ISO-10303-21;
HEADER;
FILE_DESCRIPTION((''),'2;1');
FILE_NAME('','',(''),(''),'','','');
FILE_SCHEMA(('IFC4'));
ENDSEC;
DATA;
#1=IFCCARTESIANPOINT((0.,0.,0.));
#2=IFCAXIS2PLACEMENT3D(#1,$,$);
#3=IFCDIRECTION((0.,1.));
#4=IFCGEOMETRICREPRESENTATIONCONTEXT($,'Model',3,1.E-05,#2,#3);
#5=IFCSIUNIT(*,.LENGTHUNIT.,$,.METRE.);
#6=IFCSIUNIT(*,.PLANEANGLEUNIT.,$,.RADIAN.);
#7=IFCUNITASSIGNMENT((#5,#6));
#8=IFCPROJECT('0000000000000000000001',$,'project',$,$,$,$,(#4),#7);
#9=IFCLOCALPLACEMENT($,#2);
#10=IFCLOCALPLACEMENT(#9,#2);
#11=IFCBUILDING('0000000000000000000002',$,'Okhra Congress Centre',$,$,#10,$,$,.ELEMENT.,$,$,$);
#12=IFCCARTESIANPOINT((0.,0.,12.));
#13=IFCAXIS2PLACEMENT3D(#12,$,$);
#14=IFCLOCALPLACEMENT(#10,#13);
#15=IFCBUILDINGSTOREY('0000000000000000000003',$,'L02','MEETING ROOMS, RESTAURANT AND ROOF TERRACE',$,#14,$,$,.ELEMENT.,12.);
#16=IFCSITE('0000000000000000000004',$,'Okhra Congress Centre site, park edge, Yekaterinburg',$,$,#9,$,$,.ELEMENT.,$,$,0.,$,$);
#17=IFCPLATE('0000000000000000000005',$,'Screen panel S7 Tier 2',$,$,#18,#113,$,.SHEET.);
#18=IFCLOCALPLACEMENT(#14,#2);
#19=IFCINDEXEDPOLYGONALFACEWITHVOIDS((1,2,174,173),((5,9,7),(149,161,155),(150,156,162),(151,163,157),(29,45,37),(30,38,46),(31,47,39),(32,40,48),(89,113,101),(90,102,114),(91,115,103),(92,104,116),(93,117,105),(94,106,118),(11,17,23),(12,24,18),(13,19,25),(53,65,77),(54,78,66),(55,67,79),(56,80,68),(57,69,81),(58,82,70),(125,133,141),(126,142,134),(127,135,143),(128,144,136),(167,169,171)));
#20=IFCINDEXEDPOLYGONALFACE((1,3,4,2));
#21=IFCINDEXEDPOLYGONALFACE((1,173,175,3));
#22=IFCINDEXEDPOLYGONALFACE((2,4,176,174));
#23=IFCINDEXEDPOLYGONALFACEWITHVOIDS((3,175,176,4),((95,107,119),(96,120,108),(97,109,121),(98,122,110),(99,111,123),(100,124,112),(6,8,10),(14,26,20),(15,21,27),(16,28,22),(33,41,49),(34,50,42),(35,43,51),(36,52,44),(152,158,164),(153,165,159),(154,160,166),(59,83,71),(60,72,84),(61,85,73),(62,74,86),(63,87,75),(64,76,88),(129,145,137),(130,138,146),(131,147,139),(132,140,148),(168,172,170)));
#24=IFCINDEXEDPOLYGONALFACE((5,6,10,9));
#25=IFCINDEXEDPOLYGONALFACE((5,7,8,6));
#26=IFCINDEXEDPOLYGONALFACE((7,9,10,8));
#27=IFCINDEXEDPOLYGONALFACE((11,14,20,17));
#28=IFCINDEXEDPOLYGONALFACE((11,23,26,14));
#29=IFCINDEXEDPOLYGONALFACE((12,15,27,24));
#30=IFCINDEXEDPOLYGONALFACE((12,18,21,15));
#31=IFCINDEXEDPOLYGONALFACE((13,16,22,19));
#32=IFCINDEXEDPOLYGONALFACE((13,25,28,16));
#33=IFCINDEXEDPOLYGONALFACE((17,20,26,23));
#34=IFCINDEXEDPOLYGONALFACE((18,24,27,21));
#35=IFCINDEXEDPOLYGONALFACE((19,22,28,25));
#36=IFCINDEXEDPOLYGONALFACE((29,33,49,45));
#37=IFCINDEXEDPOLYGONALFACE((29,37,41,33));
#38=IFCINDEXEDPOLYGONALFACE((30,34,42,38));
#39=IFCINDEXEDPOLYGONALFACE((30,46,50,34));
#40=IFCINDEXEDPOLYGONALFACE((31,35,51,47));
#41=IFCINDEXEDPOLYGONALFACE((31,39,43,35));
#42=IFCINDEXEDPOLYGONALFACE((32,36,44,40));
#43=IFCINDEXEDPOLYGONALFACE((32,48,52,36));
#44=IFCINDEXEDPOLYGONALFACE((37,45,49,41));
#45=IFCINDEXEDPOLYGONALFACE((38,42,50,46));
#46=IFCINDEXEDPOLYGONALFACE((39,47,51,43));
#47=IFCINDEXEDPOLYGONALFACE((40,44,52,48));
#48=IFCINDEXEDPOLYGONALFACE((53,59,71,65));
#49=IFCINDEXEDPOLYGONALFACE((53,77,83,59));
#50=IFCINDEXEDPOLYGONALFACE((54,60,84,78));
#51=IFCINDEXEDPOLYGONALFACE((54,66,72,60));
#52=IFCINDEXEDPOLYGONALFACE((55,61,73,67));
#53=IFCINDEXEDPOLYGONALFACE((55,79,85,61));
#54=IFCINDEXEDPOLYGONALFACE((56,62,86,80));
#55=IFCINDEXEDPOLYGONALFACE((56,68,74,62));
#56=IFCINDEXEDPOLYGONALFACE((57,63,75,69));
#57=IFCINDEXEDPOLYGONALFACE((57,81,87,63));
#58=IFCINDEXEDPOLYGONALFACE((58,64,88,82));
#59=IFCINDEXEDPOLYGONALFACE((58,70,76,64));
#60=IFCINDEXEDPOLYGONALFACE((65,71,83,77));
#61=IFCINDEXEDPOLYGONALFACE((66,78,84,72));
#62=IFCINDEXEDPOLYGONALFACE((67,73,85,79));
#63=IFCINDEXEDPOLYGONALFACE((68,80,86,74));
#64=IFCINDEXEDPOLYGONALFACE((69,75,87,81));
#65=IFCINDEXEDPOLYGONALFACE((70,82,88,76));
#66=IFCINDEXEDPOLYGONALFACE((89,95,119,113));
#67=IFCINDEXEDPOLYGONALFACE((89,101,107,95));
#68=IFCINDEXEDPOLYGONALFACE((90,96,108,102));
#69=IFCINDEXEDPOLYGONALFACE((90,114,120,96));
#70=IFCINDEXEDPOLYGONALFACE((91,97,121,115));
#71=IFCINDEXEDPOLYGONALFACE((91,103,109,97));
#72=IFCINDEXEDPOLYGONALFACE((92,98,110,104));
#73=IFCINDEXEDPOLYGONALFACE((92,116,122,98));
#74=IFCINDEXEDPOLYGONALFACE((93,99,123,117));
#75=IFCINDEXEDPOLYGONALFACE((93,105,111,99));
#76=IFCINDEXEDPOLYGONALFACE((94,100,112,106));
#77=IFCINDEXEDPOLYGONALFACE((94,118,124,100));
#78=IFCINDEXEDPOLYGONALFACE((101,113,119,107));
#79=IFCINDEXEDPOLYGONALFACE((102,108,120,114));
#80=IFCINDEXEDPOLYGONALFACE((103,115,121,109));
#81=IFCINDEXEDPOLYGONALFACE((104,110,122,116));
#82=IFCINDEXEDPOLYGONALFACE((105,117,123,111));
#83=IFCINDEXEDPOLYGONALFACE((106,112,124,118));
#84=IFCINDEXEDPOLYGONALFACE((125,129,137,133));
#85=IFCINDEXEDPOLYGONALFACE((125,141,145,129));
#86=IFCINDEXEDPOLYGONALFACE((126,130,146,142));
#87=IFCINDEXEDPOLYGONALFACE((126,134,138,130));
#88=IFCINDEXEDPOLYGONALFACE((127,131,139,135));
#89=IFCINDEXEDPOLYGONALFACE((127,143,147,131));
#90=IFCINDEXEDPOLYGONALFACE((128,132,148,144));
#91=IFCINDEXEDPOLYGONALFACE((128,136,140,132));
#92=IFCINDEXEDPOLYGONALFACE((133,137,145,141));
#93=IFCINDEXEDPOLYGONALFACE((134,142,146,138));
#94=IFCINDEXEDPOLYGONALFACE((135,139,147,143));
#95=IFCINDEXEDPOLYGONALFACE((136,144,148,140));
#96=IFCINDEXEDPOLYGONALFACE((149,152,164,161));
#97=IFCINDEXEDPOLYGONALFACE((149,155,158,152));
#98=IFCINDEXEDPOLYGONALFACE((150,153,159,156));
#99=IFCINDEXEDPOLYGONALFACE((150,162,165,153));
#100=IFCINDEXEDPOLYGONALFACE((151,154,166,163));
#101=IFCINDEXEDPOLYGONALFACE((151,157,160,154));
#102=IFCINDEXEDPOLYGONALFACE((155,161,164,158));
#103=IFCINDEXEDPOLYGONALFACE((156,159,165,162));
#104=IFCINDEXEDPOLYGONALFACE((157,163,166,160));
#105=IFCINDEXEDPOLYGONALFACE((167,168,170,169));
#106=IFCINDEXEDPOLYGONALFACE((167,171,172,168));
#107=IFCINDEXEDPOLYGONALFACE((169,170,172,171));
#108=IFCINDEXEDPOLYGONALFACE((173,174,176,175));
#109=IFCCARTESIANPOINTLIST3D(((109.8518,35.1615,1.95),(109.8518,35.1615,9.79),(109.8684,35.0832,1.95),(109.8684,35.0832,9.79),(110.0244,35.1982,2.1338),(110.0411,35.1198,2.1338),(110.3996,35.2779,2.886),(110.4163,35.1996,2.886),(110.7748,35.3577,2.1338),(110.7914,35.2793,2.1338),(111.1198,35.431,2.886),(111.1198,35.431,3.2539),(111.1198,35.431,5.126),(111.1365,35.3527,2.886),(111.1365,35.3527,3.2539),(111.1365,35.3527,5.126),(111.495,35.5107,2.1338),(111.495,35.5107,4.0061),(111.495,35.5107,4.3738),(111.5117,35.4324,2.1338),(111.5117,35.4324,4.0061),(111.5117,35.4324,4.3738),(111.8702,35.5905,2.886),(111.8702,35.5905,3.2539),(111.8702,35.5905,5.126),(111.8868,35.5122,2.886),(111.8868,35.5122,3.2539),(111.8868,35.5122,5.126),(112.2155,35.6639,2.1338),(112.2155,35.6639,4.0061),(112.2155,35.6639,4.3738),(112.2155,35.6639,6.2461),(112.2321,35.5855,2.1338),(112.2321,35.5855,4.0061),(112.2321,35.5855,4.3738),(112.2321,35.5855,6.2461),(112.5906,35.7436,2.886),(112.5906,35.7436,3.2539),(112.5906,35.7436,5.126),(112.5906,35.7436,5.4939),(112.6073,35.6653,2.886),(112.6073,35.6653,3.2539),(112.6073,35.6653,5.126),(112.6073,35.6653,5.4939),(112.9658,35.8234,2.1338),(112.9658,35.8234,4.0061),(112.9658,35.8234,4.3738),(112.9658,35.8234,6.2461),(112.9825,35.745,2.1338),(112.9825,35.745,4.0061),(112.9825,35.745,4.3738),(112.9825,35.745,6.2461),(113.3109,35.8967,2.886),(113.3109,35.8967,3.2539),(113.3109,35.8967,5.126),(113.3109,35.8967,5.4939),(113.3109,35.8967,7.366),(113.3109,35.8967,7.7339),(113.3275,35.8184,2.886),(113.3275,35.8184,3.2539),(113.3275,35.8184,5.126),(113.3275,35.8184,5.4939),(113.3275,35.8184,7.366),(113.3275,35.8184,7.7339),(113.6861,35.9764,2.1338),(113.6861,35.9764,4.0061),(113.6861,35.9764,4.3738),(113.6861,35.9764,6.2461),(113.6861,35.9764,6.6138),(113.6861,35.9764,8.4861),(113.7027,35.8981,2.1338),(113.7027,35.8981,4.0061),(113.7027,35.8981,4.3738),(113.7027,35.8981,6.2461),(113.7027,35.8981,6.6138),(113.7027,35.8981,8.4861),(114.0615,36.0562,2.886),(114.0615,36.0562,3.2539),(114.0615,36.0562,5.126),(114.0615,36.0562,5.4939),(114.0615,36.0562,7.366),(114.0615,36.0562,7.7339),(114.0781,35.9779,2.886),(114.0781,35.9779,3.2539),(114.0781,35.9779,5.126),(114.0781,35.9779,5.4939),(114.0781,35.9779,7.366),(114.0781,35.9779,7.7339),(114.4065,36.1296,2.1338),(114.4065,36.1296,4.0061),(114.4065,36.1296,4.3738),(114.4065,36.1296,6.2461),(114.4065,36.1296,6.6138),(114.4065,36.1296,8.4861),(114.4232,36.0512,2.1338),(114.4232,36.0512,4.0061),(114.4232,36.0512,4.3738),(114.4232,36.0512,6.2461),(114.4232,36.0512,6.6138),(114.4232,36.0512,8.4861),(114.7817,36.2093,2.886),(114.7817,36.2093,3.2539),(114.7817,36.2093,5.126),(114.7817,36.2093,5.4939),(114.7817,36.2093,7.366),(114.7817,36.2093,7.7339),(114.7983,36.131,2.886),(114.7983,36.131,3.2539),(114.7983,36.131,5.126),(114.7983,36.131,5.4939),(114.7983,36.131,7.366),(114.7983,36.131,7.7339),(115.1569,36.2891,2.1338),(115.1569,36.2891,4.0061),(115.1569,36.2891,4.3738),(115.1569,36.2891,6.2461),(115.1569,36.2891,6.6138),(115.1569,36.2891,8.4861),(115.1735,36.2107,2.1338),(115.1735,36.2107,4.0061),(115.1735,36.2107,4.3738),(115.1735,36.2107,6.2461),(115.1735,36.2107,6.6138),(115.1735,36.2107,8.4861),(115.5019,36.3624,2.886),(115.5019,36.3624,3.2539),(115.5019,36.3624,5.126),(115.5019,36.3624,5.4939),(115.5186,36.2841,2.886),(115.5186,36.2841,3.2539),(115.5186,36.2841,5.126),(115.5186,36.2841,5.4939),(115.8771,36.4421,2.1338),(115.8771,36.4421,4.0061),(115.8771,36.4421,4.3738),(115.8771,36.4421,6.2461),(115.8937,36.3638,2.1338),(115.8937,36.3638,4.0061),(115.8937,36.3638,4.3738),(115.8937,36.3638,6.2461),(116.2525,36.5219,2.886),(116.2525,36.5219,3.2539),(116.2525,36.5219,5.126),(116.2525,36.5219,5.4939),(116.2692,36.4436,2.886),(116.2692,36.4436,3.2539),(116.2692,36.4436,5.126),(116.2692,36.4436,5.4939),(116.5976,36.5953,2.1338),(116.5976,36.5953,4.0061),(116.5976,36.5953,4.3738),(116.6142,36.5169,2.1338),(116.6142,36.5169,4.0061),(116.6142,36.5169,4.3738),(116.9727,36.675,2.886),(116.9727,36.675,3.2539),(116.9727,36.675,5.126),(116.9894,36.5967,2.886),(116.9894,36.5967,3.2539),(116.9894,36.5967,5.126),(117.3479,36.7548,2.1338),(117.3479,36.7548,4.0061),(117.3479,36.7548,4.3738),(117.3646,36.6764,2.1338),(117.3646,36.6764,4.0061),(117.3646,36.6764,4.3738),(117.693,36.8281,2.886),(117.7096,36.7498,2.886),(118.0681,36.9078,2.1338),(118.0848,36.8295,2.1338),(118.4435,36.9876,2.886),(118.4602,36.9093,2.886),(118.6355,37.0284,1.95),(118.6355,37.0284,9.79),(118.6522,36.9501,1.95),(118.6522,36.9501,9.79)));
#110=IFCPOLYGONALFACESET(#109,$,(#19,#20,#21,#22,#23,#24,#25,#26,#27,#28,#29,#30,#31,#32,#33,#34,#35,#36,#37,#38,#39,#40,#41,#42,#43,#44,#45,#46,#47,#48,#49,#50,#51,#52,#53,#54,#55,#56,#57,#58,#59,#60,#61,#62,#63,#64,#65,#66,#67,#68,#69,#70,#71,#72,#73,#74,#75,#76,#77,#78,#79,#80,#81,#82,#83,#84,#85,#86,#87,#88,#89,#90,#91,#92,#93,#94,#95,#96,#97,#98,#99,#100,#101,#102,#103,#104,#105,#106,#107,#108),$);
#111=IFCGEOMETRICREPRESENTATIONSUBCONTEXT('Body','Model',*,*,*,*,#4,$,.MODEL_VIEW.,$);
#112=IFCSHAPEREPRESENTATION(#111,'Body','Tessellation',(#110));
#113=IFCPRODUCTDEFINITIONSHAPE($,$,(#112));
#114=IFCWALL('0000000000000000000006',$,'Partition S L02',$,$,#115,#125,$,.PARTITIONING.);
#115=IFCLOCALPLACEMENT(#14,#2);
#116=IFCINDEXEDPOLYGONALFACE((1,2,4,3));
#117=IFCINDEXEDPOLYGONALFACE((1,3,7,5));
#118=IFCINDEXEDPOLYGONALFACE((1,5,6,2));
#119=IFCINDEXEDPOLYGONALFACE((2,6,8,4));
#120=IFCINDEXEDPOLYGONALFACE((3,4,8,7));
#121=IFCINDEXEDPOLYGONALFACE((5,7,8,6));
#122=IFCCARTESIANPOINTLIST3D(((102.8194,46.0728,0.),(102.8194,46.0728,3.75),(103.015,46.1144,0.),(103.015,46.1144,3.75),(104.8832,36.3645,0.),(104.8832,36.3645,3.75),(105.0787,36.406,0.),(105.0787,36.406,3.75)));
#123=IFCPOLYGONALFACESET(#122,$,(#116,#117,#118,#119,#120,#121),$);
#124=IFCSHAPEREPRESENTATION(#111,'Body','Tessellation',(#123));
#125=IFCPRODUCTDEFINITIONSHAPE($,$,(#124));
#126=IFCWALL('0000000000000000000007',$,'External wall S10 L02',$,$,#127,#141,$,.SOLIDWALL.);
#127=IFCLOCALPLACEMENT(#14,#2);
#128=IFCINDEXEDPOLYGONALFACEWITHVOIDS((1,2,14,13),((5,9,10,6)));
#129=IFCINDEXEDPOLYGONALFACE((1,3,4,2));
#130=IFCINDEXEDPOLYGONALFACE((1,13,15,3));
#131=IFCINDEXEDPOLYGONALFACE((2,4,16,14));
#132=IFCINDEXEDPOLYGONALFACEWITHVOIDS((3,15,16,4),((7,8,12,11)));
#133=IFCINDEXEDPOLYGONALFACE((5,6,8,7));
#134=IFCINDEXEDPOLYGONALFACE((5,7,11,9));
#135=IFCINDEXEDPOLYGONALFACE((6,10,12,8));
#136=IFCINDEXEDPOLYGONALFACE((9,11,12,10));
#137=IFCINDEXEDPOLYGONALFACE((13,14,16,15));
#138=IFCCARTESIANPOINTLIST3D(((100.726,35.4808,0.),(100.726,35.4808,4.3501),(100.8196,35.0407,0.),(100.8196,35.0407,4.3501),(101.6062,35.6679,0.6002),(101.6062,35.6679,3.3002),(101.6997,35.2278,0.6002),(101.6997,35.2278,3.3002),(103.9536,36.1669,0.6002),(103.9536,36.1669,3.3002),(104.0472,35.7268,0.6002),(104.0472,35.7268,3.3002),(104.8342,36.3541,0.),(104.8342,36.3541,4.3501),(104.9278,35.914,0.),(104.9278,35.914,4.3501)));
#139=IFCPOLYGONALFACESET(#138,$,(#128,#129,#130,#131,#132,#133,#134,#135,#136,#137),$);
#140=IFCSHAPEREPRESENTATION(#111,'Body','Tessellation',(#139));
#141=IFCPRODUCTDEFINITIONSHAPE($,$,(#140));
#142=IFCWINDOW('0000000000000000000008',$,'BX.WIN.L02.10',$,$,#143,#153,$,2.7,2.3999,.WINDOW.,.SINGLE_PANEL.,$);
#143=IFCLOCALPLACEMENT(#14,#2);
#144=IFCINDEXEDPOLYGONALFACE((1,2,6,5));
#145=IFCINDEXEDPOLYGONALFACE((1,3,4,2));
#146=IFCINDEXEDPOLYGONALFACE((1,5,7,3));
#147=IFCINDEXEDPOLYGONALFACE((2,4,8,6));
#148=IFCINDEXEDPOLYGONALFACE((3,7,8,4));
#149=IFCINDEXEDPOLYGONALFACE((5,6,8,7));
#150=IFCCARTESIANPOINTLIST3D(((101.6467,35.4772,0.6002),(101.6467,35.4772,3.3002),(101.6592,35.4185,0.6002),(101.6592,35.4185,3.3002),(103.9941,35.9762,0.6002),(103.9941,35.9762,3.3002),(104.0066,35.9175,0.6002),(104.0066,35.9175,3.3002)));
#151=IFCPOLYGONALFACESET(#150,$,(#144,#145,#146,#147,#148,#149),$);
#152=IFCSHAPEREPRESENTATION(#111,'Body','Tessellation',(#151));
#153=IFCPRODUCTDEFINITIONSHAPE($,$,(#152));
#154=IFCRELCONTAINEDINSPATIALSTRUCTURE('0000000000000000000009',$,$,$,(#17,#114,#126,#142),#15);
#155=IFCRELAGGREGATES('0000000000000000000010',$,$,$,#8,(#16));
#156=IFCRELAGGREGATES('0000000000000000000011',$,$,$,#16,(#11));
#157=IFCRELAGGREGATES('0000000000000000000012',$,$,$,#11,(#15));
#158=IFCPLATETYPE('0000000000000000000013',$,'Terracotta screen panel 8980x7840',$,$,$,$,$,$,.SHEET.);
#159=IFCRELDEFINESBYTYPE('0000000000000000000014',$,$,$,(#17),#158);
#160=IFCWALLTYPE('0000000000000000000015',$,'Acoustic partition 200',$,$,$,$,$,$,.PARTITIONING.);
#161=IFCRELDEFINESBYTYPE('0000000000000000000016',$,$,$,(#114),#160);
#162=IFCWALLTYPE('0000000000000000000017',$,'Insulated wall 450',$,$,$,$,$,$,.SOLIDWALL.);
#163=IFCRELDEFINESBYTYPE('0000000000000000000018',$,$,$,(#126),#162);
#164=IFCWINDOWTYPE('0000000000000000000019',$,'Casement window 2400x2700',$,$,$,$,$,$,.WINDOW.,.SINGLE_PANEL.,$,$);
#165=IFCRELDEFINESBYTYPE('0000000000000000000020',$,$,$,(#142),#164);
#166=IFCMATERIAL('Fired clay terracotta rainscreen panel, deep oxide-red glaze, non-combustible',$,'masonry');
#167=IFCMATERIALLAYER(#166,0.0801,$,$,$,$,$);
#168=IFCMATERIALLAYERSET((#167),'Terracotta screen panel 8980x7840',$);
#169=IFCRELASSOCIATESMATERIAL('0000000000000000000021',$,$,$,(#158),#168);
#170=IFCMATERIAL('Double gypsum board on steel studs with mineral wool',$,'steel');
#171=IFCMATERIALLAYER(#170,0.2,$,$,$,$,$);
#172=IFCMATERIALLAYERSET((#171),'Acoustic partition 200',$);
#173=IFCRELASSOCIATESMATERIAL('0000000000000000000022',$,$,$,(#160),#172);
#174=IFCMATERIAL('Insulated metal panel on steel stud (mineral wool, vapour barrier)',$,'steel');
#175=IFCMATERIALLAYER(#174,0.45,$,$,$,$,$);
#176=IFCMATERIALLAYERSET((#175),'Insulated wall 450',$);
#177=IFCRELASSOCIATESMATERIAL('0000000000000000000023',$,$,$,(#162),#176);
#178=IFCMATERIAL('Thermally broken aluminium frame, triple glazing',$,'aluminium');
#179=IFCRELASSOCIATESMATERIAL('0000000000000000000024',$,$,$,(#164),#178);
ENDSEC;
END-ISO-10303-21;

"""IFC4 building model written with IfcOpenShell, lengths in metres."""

from ifc_helpers import new_model, si_unit, direction, frame, frame_2d, origin, place, context, subcontext, project, spatial, polyline, rectangle, outline, extrude, material, layer, layer_set, type_object, element, fill, save


model = new_model("IFC4")

# Units and contexts
model_context = context("Model", 3, precision=1e-05, world=origin(), true_north=direction((0.0, 1.0)))
body_context = subcontext(model_context, "Body", "Model", "MODEL_VIEW")
ifc_project = project(units=[si_unit("LENGTHUNIT", "METRE"), si_unit("PLANEANGLEUNIT", "RADIAN")], contexts=[model_context])

# Site, building, storey
site_placement = place(None, origin())
site = spatial("IfcSite", under=ifc_project, at=site_placement, Name="Okhra Congress Centre site, park edge, Yekaterinburg", CompositionType="ELEMENT", RefElevation=0.0)
building_placement = place(site_placement, origin())
building = spatial("IfcBuilding", under=site, at=building_placement, Name="Okhra Congress Centre", CompositionType="ELEMENT")
storey_placement = place(building_placement, frame((0.0, 0.0, 12.0)))
storey = spatial("IfcBuildingStorey", under=building, at=storey_placement, Name="L02", Description="MEETING ROOMS, RESTAURANT AND ROOF TERRACE", CompositionType="ELEMENT", Elevation=12.0)

# Plate
ifc_material_1 = material(Name="Fired clay terracotta rainscreen panel, deep oxide-red glaze, non-combustible", Category="masonry")
ifc_layer_1 = layer(ifc_material_1, 0.0801)
ifc_layer_set_1 = layer_set([ifc_layer_1], Name="Terracotta screen panel 8980x7840")
plate_type = type_object("IfcPlateType", Name="Terracotta screen panel 8980x7840", PredefinedType="SHEET", material=ifc_layer_set_1)
plate_1_placement = place(storey_placement, frame((109.8601, 35.1223, 1.95), z_axis=(0.0, 0.0, 1.0), x_axis=(0.97815, 0.207902, 0.0)))
element("IfcPlate", 1, at=plate_1_placement, inside=storey, type_object=plate_type, Name="Screen panel S7 Tier 2", PredefinedType="SHEET", context=body_context, shape_type="SweptSolid", body=[
    extrude(outline(polyline([(0.0, 0.0), (8.98, 0.0), (8.98, 7.8401), (0.0, 7.8401), (0.0, 0.0)]), holes=[polyline([(0.1765, 0.1838), (0.9436, 0.1838), (0.5601, 0.936), (0.1765, 0.1838)]), polyline([(1.2964, 0.936), (1.6799, 0.1838), (2.0635, 0.936), (1.2964, 0.936)]), polyline([(2.4165, 0.1838), (3.1836, 0.1838), (2.8, 0.936), (2.4165, 0.1838)]), polyline([(3.5364, 0.936), (3.9199, 0.1838), (4.3037, 0.936), (3.5364, 0.936)]), polyline([(4.6565, 0.1838), (5.4236, 0.1838), (5.04, 0.936), (4.6565, 0.1838)]), polyline([(5.7764, 0.936), (6.1599, 0.1838), (6.5437, 0.936), (5.7764, 0.936)]), polyline([(6.8965, 0.1838), (7.6636, 0.1838), (7.28, 0.936), (6.8965, 0.1838)]), polyline([(8.0164, 0.936), (8.3999, 0.1838), (8.7837, 0.936), (8.0164, 0.936)]), polyline([(1.2964, 1.304), (2.0635, 1.304), (1.6799, 2.0562), (1.2964, 1.304)]), polyline([(2.4165, 2.0562), (2.8, 1.304), (3.1836, 2.0562), (2.4165, 2.0562)]), polyline([(3.5364, 1.304), (4.3037, 1.304), (3.9199, 2.0562), (3.5364, 1.304)]), polyline([(4.6565, 2.0562), (5.04, 1.304), (5.4236, 2.0562), (4.6565, 2.0562)]), polyline([(5.7764, 1.304), (6.5437, 1.304), (6.1599, 2.0562), (5.7764, 1.304)]), polyline([(6.8965, 2.0562), (7.28, 1.304), (7.6636, 2.0562), (6.8965, 2.0562)]), polyline([(1.2964, 3.176), (1.6799, 2.4238), (2.0635, 3.176), (1.2964, 3.176)]), polyline([(2.4165, 2.4238), (3.1836, 2.4238), (2.8, 3.176), (2.4165, 2.4238)]), polyline([(3.5364, 3.176), (3.9199, 2.4238), (4.3037, 3.176), (3.5364, 3.176)]), polyline([(4.6565, 2.4238), (5.4236, 2.4238), (5.04, 3.176), (4.6565, 2.4238)]), polyline([(5.7764, 3.176), (6.1599, 2.4238), (6.5437, 3.176), (5.7764, 3.176)]), polyline([(6.8965, 2.4238), (7.6636, 2.4238), (7.28, 3.176), (6.8965, 2.4238)]), polyline([(2.4165, 4.2961), (2.8, 3.5439), (3.1836, 4.2961), (2.4165, 4.2961)]), polyline([(3.5364, 3.5439), (4.3037, 3.5439), (3.9199, 4.2961), (3.5364, 3.5439)]), polyline([(4.6565, 4.2961), (5.04, 3.5439), (5.4236, 4.2961), (4.6565, 4.2961)]), polyline([(5.7764, 3.5439), (6.5437, 3.5439), (6.1599, 4.2961), (5.7764, 3.5439)]), polyline([(3.5364, 5.416), (3.9199, 4.6638), (4.3037, 5.416), (3.5364, 5.416)]), polyline([(4.6565, 4.6638), (5.4236, 4.6638), (5.04, 5.416), (4.6565, 4.6638)]), polyline([(3.5364, 5.7839), (4.3037, 5.7839), (3.9199, 6.5361), (3.5364, 5.7839)]), polyline([(4.6565, 6.5361), (5.04, 5.7839), (5.4236, 6.5361), (4.6565, 6.5361)])]), frame((0.0, 0.04, 0.0), z_axis=(0.0, -1.0, 0.0), x_axis=(1.0, 0.0, 0.0)), (0.0, 0.0, 1.0), 0.0801),
])

# Wall
ifc_material_2 = material(Name="Double gypsum board on steel studs with mineral wool", Category="steel")
ifc_layer_2 = layer(ifc_material_2, 0.2)
ifc_layer_set_2 = layer_set([ifc_layer_2], Name="Acoustic partition 200")
wall_type_1 = type_object("IfcWallType", Name="Acoustic partition 200", PredefinedType="PARTITIONING", material=ifc_layer_set_2)
wall_1_placement = place(storey_placement, frame((104.981, 36.3853, 0.0), z_axis=(0.0, 0.0, 1.0), x_axis=(-0.207928, 0.978144, 0.0)))
element("IfcWall", 2, at=wall_1_placement, inside=storey, type_object=wall_type_1, Name="Partition S L02", PredefinedType="PARTITIONING", context=body_context, shape_type="SweptSolid", body=[
    extrude(rectangle(XDim=9.9253, YDim=0.2, at=frame_2d((4.9626, 0.0))), origin(), (0.0, 0.0, 1.0), 3.75),
])

# Wall, opening, window
ifc_material_3 = material(Name="Insulated metal panel on steel stud (mineral wool, vapour barrier)", Category="steel")
ifc_layer_3 = layer(ifc_material_3, 0.45)
ifc_layer_set_3 = layer_set([ifc_layer_3], Name="Insulated wall 450")
wall_type_2 = type_object("IfcWallType", Name="Insulated wall 450", PredefinedType="SOLIDWALL", material=ifc_layer_set_3)
wall_2_placement = place(storey_placement, frame((100.7727, 35.2607, 0.0), z_axis=(0.0, 0.0, 1.0), x_axis=(0.978144, 0.207929, 0.0)))
wall_2 = element("IfcWall", 3, at=wall_2_placement, inside=storey, type_object=wall_type_2, Name="External wall S10 L02", PredefinedType="SOLIDWALL", context=body_context, shape_type="SweptSolid", body=[
    extrude(rectangle(XDim=4.2, YDim=0.45, at=frame_2d((2.1001, 0.0))), origin(), (0.0, 0.0, 1.0), 4.3501),
])
opening_1_placement = place(wall_2_placement, frame((0.8999, 0.0, 0.6001)))
opening_1 = element("IfcOpeningElement", 4, at=opening_1_placement, cuts=wall_2, PredefinedType="OPENING", context=body_context, shape_type="SweptSolid", body=[
    extrude(rectangle(XDim=2.3999, YDim=2.7, at=frame_2d((1.2, 1.3501))), frame((0.0, 0.2349, 0.0), z_axis=(0.0, -1.0, 0.0), x_axis=(1.0, 0.0, 0.0)), (0.0, 0.0, 1.0), 0.47),
])
ifc_material_4 = material(Name="Thermally broken aluminium frame, triple glazing", Category="aluminium")
window_type_1 = type_object("IfcWindowType", Name="Casement window 2400x2700", PartitioningType="SINGLE_PANEL", PredefinedType="WINDOW", material=ifc_material_4)
window_1_placement = place(opening_1_placement, origin())
window_1 = element("IfcWindow", 5, at=window_1_placement, inside=storey, type_object=window_type_1, Name="BX.WIN.L02.10", OverallHeight=2.7, OverallWidth=2.3999, PartitioningType="SINGLE_PANEL", PredefinedType="WINDOW", context=body_context, shape_type="SweptSolid", body=[
    extrude(rectangle(XDim=2.3999, YDim=2.7, at=frame_2d((1.2, 1.3501))), frame((0.0, 0.03, 0.0), z_axis=(0.0, -1.0, 0.0), x_axis=(1.0, 0.0, 0.0)), (0.0, 0.0, 1.0), 0.0601),
])
fill(opening_1, window_1)

save(model, "model.ifc")
